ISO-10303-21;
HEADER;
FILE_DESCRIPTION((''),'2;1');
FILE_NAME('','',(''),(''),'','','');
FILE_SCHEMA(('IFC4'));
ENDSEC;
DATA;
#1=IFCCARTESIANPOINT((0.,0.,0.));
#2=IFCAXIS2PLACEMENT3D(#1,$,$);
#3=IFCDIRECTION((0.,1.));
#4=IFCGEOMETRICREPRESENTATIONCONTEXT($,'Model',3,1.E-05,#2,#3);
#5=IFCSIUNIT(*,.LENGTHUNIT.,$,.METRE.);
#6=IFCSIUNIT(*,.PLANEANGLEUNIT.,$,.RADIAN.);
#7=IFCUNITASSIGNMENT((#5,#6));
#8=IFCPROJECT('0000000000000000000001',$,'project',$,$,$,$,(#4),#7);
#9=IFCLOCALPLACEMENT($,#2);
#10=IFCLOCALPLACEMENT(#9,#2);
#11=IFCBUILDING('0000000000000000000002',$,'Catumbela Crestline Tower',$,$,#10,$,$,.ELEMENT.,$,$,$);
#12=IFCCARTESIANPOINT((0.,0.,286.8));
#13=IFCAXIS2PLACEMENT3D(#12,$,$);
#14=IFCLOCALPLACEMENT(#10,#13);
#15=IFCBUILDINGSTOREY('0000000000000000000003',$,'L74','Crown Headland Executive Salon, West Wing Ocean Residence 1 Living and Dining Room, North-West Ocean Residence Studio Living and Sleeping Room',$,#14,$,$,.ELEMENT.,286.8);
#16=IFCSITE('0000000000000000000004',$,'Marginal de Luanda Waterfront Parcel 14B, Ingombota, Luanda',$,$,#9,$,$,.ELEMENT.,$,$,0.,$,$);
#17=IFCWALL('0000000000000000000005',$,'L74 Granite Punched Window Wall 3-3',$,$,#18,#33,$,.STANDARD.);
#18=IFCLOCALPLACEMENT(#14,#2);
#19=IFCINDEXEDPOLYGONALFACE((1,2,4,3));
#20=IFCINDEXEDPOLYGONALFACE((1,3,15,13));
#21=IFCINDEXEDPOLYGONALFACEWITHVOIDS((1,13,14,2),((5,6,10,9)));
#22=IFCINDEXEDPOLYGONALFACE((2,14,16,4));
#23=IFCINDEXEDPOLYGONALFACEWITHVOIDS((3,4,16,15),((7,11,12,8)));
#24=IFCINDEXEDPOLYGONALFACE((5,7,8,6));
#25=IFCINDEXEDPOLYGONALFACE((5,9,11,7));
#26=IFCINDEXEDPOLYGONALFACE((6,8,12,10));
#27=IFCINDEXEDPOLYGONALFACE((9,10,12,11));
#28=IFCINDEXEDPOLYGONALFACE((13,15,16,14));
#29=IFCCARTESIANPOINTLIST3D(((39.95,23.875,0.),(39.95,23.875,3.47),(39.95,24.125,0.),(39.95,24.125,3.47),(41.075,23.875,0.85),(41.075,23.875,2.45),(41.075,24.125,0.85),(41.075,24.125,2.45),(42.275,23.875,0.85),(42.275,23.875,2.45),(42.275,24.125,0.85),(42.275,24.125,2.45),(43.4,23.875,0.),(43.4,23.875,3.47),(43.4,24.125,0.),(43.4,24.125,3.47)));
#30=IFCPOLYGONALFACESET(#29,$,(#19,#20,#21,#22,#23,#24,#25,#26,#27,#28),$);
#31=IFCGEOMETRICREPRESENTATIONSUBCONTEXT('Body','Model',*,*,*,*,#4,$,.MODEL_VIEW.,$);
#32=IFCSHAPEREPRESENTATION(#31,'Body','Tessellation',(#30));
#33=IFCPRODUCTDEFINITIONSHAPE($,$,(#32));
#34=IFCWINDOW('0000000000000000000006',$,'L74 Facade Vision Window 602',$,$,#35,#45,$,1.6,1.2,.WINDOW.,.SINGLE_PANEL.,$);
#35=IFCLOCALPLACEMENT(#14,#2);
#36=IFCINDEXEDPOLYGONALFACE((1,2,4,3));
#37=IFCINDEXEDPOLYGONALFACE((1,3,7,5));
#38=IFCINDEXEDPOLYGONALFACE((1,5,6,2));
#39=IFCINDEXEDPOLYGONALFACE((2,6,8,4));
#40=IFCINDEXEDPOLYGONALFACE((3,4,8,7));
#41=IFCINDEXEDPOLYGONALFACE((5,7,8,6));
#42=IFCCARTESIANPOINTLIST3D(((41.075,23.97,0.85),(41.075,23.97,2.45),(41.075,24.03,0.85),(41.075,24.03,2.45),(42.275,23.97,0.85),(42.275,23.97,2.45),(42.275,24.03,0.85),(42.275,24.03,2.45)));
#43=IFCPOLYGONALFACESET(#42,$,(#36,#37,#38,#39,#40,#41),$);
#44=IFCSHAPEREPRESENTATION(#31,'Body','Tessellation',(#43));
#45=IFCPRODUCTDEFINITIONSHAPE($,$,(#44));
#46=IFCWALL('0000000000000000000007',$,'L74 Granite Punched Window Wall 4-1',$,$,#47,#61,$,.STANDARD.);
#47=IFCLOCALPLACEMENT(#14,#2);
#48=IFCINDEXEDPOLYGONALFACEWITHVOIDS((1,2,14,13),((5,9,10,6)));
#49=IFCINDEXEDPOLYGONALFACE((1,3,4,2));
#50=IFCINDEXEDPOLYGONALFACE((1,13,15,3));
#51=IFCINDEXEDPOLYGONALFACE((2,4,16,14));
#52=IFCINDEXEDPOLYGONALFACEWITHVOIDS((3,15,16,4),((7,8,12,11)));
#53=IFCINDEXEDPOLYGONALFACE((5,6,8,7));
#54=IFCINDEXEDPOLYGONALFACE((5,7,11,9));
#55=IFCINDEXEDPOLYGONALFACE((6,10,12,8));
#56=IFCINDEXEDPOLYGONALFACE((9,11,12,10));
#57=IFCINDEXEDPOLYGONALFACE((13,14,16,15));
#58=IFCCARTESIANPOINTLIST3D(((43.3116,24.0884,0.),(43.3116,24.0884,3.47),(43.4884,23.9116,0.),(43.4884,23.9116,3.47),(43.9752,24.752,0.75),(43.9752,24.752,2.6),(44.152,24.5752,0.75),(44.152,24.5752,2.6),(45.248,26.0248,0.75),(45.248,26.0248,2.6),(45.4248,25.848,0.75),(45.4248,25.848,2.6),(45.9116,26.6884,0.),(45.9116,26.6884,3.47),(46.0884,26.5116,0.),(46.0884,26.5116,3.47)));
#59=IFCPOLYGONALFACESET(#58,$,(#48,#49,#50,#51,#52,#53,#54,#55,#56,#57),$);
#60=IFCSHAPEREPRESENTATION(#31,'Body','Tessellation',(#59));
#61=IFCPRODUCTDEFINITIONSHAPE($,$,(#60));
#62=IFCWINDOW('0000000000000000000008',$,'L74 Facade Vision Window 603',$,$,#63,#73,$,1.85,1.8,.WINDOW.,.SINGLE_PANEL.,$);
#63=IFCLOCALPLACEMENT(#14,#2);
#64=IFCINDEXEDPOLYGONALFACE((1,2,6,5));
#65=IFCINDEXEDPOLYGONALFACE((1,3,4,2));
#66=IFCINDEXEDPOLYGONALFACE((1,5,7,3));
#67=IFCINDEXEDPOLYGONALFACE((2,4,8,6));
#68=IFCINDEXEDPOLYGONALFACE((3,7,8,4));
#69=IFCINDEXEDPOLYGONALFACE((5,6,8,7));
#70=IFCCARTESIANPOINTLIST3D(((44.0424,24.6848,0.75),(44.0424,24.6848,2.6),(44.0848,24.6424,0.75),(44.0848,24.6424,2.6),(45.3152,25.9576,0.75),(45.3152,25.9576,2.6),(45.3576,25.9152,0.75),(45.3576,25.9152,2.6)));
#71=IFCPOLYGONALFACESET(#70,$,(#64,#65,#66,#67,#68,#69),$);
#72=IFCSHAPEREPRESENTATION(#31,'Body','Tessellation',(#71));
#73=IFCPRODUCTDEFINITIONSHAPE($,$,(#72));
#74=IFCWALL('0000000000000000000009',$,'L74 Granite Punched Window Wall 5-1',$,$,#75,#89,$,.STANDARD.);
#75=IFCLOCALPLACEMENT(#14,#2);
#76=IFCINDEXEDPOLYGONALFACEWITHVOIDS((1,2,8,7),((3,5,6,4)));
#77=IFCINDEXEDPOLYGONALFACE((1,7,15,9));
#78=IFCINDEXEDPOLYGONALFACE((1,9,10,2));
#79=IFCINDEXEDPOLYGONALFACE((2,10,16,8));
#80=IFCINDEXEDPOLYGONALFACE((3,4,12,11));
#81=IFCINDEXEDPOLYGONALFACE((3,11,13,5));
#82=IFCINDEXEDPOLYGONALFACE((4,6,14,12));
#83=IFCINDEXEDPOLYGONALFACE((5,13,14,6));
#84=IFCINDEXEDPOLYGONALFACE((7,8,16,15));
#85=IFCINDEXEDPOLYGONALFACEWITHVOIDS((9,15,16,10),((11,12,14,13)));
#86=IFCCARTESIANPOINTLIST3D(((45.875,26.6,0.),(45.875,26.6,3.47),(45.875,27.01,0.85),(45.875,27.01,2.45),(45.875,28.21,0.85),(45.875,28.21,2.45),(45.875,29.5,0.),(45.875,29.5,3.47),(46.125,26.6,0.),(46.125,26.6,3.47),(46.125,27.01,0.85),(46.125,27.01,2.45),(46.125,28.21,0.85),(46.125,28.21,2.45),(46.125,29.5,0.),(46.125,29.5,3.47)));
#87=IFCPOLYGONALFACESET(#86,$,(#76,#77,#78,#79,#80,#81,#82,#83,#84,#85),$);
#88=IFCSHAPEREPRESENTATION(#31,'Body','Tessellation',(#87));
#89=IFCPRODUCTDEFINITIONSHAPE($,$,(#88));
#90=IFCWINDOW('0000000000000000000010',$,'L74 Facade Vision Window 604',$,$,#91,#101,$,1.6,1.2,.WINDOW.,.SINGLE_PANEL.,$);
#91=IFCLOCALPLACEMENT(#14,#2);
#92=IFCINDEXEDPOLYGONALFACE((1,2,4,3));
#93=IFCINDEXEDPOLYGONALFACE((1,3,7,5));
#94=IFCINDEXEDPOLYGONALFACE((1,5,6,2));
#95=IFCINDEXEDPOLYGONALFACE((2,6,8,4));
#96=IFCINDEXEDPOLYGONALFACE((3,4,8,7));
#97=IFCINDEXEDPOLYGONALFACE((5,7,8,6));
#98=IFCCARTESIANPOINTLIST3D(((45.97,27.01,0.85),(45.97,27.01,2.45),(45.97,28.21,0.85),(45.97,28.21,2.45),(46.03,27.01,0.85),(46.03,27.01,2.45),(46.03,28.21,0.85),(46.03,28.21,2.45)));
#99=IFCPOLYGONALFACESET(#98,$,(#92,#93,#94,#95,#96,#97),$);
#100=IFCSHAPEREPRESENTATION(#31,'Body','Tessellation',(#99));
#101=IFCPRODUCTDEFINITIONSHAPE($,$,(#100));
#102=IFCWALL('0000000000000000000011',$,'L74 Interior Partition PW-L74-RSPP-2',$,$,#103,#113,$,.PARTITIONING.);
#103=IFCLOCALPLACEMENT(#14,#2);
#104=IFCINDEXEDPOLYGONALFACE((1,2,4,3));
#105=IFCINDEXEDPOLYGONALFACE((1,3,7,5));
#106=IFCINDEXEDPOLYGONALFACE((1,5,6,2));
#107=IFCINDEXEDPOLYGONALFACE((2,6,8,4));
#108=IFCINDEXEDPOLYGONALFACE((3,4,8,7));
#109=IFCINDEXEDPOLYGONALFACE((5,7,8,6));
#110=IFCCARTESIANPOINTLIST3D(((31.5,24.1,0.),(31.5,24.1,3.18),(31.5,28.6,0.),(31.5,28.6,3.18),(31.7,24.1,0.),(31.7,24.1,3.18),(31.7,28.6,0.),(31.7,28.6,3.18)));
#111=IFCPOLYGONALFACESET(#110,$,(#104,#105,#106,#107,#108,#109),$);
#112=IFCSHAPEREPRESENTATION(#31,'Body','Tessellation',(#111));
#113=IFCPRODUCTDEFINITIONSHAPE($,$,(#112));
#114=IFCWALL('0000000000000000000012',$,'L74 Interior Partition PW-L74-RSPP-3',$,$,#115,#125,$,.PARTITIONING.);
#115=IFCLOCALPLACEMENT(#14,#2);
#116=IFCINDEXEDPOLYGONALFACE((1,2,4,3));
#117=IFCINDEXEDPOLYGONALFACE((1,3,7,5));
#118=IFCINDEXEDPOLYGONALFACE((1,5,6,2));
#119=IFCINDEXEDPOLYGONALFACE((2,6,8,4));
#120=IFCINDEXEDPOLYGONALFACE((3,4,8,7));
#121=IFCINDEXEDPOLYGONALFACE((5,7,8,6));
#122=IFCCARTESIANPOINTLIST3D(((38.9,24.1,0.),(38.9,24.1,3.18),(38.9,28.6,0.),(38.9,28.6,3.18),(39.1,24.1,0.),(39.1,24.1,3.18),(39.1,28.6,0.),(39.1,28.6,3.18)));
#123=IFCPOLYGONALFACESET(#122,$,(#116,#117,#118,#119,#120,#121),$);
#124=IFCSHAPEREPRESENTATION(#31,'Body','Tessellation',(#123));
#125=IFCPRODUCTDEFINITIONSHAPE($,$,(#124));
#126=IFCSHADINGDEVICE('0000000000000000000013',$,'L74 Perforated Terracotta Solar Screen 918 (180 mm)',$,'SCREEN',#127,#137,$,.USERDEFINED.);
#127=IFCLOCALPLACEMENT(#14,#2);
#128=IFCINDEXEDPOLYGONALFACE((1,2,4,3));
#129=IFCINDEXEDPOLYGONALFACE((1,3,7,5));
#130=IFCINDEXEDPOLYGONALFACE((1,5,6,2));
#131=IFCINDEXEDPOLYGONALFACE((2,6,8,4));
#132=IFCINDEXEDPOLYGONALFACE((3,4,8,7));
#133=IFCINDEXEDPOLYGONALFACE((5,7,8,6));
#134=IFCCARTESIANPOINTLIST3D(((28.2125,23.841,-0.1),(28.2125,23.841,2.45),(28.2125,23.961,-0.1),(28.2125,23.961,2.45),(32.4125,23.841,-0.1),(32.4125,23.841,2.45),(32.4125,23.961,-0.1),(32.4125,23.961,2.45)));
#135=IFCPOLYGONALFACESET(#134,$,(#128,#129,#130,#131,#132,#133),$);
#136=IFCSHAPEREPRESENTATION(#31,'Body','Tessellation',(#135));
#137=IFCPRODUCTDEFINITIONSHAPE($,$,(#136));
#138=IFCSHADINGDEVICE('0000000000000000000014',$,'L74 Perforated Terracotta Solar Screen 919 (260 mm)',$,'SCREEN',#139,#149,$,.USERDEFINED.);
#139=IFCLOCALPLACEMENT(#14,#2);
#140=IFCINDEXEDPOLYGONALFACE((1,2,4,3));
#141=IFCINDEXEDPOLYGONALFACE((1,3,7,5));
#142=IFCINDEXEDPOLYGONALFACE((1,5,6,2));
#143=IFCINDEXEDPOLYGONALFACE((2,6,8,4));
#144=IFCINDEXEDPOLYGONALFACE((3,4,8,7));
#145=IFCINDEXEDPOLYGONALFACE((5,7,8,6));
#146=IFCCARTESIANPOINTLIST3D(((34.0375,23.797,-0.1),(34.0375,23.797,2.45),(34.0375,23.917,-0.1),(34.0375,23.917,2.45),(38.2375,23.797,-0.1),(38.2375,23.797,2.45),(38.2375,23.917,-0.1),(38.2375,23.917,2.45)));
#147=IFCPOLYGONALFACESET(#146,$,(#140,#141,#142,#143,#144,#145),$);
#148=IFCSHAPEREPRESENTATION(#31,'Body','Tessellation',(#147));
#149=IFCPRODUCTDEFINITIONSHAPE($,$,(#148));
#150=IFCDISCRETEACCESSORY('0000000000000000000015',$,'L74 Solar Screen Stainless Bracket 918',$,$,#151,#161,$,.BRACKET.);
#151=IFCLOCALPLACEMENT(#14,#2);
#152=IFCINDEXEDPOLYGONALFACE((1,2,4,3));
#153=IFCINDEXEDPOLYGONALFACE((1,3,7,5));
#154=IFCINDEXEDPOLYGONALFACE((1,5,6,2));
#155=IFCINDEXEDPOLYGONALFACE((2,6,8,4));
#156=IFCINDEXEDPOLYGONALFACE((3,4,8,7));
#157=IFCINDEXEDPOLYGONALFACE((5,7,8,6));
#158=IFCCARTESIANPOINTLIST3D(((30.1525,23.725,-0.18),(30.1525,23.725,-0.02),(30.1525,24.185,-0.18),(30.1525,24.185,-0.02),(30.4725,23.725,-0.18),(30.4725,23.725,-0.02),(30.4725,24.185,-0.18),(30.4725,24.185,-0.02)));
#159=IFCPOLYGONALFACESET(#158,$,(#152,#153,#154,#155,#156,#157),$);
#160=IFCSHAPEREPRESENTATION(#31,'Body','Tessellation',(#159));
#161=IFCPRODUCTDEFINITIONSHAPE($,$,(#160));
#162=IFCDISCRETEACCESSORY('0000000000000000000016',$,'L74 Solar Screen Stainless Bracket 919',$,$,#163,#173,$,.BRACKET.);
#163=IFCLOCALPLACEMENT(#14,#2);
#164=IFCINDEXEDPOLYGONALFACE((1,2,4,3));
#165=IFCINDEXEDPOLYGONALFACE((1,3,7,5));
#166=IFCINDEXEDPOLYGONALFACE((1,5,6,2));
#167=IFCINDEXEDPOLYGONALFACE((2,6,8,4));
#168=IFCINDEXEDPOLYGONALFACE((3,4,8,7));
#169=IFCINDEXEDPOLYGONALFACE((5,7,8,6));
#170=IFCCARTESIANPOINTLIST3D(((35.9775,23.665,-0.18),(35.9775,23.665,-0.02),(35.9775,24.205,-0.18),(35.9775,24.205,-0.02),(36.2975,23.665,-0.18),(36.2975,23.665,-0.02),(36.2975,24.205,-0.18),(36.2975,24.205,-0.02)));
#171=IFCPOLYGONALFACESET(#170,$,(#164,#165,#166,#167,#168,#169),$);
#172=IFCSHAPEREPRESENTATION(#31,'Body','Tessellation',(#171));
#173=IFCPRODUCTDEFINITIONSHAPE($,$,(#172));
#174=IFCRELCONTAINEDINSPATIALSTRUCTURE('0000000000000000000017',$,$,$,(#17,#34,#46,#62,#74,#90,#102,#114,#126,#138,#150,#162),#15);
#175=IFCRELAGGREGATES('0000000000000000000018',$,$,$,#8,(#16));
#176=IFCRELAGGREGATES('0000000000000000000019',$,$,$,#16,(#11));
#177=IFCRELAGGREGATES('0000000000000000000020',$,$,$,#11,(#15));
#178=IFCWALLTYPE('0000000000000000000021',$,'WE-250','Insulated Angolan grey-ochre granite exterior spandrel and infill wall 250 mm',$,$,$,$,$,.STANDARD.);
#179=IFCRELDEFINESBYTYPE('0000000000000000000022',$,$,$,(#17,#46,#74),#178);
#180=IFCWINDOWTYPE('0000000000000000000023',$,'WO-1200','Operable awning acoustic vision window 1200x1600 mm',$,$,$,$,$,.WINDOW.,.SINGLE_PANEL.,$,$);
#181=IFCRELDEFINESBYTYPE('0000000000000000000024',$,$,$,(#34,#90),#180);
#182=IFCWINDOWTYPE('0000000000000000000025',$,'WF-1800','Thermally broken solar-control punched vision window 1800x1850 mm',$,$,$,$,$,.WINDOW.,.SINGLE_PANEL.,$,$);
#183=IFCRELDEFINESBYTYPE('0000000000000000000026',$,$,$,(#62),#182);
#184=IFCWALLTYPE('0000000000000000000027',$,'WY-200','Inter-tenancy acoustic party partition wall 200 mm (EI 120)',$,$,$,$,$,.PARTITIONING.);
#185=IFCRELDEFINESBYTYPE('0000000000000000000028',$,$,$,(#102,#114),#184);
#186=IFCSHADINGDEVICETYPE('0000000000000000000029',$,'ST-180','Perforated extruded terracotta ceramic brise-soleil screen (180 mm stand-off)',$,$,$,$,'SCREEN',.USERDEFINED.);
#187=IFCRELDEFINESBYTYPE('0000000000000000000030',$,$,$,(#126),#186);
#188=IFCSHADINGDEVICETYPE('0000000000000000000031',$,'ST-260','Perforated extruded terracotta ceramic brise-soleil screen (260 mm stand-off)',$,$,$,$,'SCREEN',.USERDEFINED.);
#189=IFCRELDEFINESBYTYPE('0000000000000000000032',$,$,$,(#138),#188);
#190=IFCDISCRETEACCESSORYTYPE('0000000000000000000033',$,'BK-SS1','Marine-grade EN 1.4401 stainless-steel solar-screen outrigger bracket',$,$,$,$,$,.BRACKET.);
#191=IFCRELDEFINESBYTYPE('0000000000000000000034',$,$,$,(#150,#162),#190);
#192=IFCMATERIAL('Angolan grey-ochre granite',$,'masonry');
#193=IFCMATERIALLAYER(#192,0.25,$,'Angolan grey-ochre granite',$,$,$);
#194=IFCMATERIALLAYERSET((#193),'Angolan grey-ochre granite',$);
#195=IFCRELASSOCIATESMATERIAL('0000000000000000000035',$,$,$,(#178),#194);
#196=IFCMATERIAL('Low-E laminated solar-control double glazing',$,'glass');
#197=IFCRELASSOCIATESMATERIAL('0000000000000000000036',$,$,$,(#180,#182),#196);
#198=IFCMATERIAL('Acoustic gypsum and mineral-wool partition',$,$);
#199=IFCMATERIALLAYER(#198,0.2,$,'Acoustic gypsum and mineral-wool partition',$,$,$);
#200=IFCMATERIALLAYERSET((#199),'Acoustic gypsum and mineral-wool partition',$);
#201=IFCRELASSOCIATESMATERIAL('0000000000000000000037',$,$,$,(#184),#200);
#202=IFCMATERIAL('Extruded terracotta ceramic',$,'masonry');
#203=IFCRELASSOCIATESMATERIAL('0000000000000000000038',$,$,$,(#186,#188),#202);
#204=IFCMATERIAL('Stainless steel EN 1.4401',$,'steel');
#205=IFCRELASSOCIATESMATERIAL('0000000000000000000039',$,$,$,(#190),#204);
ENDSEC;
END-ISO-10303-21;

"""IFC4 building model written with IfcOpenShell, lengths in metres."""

from ifc_helpers import new_model, si_unit, direction, frame, frame_2d, origin, origin_2d, place, context, subcontext, project, spatial, rectangle, extrude, material, layer, layer_set, type_object, element, fill, save


model = new_model("IFC4")

# Units and contexts
model_context = context("Model", 3, precision=1e-05, world=origin(), true_north=direction((0.0, 1.0)))
body_context = subcontext(model_context, "Body", "Model", "MODEL_VIEW")
ifc_project = project(units=[si_unit("LENGTHUNIT", "METRE"), si_unit("PLANEANGLEUNIT", "RADIAN")], contexts=[model_context])

# Site, building, storey
site_placement = place(None, origin())
site = spatial("IfcSite", under=ifc_project, at=site_placement, Name="Marginal de Luanda Waterfront Parcel 14B, Ingombota, Luanda", CompositionType="ELEMENT", RefElevation=0.0)
building_placement = place(site_placement, origin())
building = spatial("IfcBuilding", under=site, at=building_placement, Name="Catumbela Crestline Tower", CompositionType="ELEMENT")
storey_placement = place(building_placement, frame((0.0, 0.0, 286.8)))
storey = spatial("IfcBuildingStorey", under=building, at=storey_placement, Name="L74", Description="Crown Headland Executive Salon, West Wing Ocean Residence 1 Living and Dining Room, North-West Ocean Residence Studio Living and Sleeping Room", CompositionType="ELEMENT", Elevation=286.8)

# Shared definitions
ifc_material_1 = material(Name="Low-E laminated solar-control double glazing", Category="glass")

# Walls, openings, windows
ifc_material_2 = material(Name="Angolan grey-ochre granite", Category="masonry")
ifc_layer_1 = layer(ifc_material_2, 0.25, Name="Angolan grey-ochre granite")
ifc_layer_set_1 = layer_set([ifc_layer_1], Name="Angolan grey-ochre granite")
wall_type_1 = type_object("IfcWallType", Name="WE-250", Description="Insulated Angolan grey-ochre granite exterior spandrel and infill wall 250 mm", PredefinedType="STANDARD", material=ifc_layer_set_1)
wall_1_placement = place(storey_placement, frame((39.95, 24.0, 0.0), z_axis=(0.0, 0.0, 1.0), x_axis=(1.0, 0.0, 0.0)))
wall_1 = element("IfcWall", 1, at=wall_1_placement, inside=storey, type_object=wall_type_1, Name="L74 Granite Punched Window Wall 3-3", PredefinedType="STANDARD", context=body_context, shape_type="SweptSolid", body=[
    extrude(rectangle(XDim=3.45, YDim=0.25, at=frame_2d((1.725, 0.0))), origin(), (0.0, 0.0, 1.0), 3.47),
])
opening_1_placement = place(wall_1_placement, frame((1.125, 0.0, 0.85)))
opening_1 = element("IfcOpeningElement", 2, at=opening_1_placement, cuts=wall_1, PredefinedType="OPENING", context=body_context, shape_type="SweptSolid", body=[
    extrude(rectangle(XDim=1.2, YDim=1.6, at=frame_2d((0.6, 0.8))), frame((0.0, 0.135, 0.0), z_axis=(0.0, -1.0, 0.0), x_axis=(1.0, 0.0, 0.0)), (0.0, 0.0, 1.0), 0.27),
])
window_type_1 = type_object("IfcWindowType", Name="WO-1200", Description="Operable awning acoustic vision window 1200x1600 mm", PartitioningType="SINGLE_PANEL", PredefinedType="WINDOW", material=ifc_material_1)
window_1_placement = place(opening_1_placement, origin())
window_1 = element("IfcWindow", 3, at=window_1_placement, inside=storey, type_object=window_type_1, Name="L74 Facade Vision Window 602", OverallHeight=1.6, OverallWidth=1.2, PartitioningType="SINGLE_PANEL", PredefinedType="WINDOW", context=body_context, shape_type="SweptSolid", body=[
    extrude(rectangle(XDim=1.2, YDim=1.6, at=frame_2d((0.6, 0.8))), frame((0.0, 0.03, 0.0), z_axis=(0.0, -1.0, 0.0), x_axis=(1.0, 0.0, 0.0)), (0.0, 0.0, 1.0), 0.06),
])
fill(opening_1, window_1)
wall_2_placement = place(storey_placement, frame((43.4, 24.0, 0.0), z_axis=(0.0, 0.0, 1.0), x_axis=(0.707107, 0.707107, 0.0)))
wall_2 = element("IfcWall", 4, at=wall_2_placement, inside=storey, type_object=wall_type_1, Name="L74 Granite Punched Window Wall 4-1", PredefinedType="STANDARD", context=body_context, shape_type="SweptSolid", body=[
    extrude(rectangle(XDim=3.677, YDim=0.25, at=frame_2d((1.8385, 0.0))), origin(), (0.0, 0.0, 1.0), 3.47),
])
opening_2_placement = place(wall_2_placement, frame((0.9385, 0.0, 0.75)))
opening_2 = element("IfcOpeningElement", 5, at=opening_2_placement, cuts=wall_2, PredefinedType="OPENING", context=body_context, shape_type="SweptSolid", body=[
    extrude(rectangle(XDim=1.8, YDim=1.85, at=frame_2d((0.9, 0.925))), frame((0.0, 0.135, 0.0), z_axis=(0.0, -1.0, 0.0), x_axis=(1.0, 0.0, 0.0)), (0.0, 0.0, 1.0), 0.27),
])
window_type_2 = type_object("IfcWindowType", Name="WF-1800", Description="Thermally broken solar-control punched vision window 1800x1850 mm", PartitioningType="SINGLE_PANEL", PredefinedType="WINDOW", material=ifc_material_1)
window_2_placement = place(opening_2_placement, origin())
window_2 = element("IfcWindow", 6, at=window_2_placement, inside=storey, type_object=window_type_2, Name="L74 Facade Vision Window 603", OverallHeight=1.85, OverallWidth=1.8, PartitioningType="SINGLE_PANEL", PredefinedType="WINDOW", context=body_context, shape_type="SweptSolid", body=[
    extrude(rectangle(XDim=1.8, YDim=1.85, at=frame_2d((0.9, 0.925))), frame((0.0, 0.03, 0.0), z_axis=(0.0, -1.0, 0.0), x_axis=(1.0, 0.0, 0.0)), (0.0, 0.0, 1.0), 0.06),
])
fill(opening_2, window_2)
wall_3_placement = place(storey_placement, frame((46.0, 26.6, 0.0), z_axis=(0.0, 0.0, 1.0), x_axis=(0.0, 1.0, 0.0)))
wall_3 = element("IfcWall", 7, at=wall_3_placement, inside=storey, type_object=wall_type_1, Name="L74 Granite Punched Window Wall 5-1", PredefinedType="STANDARD", context=body_context, shape_type="SweptSolid", body=[
    extrude(rectangle(XDim=2.9, YDim=0.25, at=frame_2d((1.45, 0.0))), origin(), (0.0, 0.0, 1.0), 3.47),
])
opening_3_placement = place(wall_3_placement, frame((0.41, 0.0, 0.85)))
opening_3 = element("IfcOpeningElement", 8, at=opening_3_placement, cuts=wall_3, PredefinedType="OPENING", context=body_context, shape_type="SweptSolid", body=[
    extrude(rectangle(XDim=1.2, YDim=1.6, at=frame_2d((0.6, 0.8))), frame((0.0, 0.135, 0.0), z_axis=(0.0, -1.0, 0.0), x_axis=(1.0, 0.0, 0.0)), (0.0, 0.0, 1.0), 0.27),
])
window_3_placement = place(opening_3_placement, origin())
window_3 = element("IfcWindow", 9, at=window_3_placement, inside=storey, type_object=window_type_1, Name="L74 Facade Vision Window 604", OverallHeight=1.6, OverallWidth=1.2, PartitioningType="SINGLE_PANEL", PredefinedType="WINDOW", context=body_context, shape_type="SweptSolid", body=[
    extrude(rectangle(XDim=1.2, YDim=1.6, at=frame_2d((0.6, 0.8))), frame((0.0, 0.03, 0.0), z_axis=(0.0, -1.0, 0.0), x_axis=(1.0, 0.0, 0.0)), (0.0, 0.0, 1.0), 0.06),
])
fill(opening_3, window_3)

# Walls
ifc_material_3 = material(Name="Acoustic gypsum and mineral-wool partition")
ifc_layer_2 = layer(ifc_material_3, 0.2, Name="Acoustic gypsum and mineral-wool partition")
ifc_layer_set_2 = layer_set([ifc_layer_2], Name="Acoustic gypsum and mineral-wool partition")
wall_type_2 = type_object("IfcWallType", Name="WY-200", Description="Inter-tenancy acoustic party partition wall 200 mm (EI 120)", PredefinedType="PARTITIONING", material=ifc_layer_set_2)
for number, where, z_axis, x_axis, name in (
    (10, (31.6, 24.1, 0.0), (0.0, 0.0, 1.0), (0.0, 1.0, 0.0), "L74 Interior Partition PW-L74-RSPP-2"),
    (11, (39.0, 24.1, 0.0), (0.0, 0.0, 1.0), (0.0, 1.0, 0.0), "L74 Interior Partition PW-L74-RSPP-3"),
):
    element("IfcWall", number, at=place(storey_placement, frame(where, z_axis=z_axis, x_axis=x_axis)), inside=storey, type_object=wall_type_2, Name=name, PredefinedType="PARTITIONING", context=body_context, shape_type="SweptSolid", body=[
        extrude(rectangle(XDim=4.5, YDim=0.2, at=frame_2d((2.25, 0.0))), origin(), (0.0, 0.0, 1.0), 3.18),
    ])

# Shared definitions
ifc_material_4 = material(Name="Stainless steel EN 1.4401", Category="steel")

# Shading devices
ifc_material_5 = material(Name="Extruded terracotta ceramic", Category="masonry")
shading_device_type_1 = type_object("IfcShadingDeviceType", Name="ST-180", Description="Perforated extruded terracotta ceramic brise-soleil screen (180 mm stand-off)", ElementType="SCREEN", PredefinedType="USERDEFINED", material=ifc_material_5)
shading_device_1_placement = place(storey_placement, frame((30.3125, 23.901, -0.1), z_axis=(0.0, 0.0, 1.0), x_axis=(1.0, 0.0, 0.0)))
element("IfcShadingDevice", 12, at=shading_device_1_placement, inside=storey, type_object=shading_device_type_1, Name="L74 Perforated Terracotta Solar Screen 918 (180 mm)", ObjectType="SCREEN", PredefinedType="USERDEFINED", context=body_context, shape_type="SweptSolid", body=[
    extrude(rectangle(XDim=4.2, YDim=0.12, at=origin_2d()), origin(), (0.0, 0.0, 1.0), 2.55),
])
shading_device_type_2 = type_object("IfcShadingDeviceType", Name="ST-260", Description="Perforated extruded terracotta ceramic brise-soleil screen (260 mm stand-off)", ElementType="SCREEN", PredefinedType="USERDEFINED", material=ifc_material_5)
shading_device_2_placement = place(storey_placement, frame((36.1375, 23.857, -0.1), z_axis=(0.0, 0.0, 1.0), x_axis=(1.0, 0.0, 0.0)))
element("IfcShadingDevice", 13, at=shading_device_2_placement, inside=storey, type_object=shading_device_type_2, Name="L74 Perforated Terracotta Solar Screen 919 (260 mm)", ObjectType="SCREEN", PredefinedType="USERDEFINED", context=body_context, shape_type="SweptSolid", body=[
    extrude(rectangle(XDim=4.2, YDim=0.12, at=origin_2d()), origin(), (0.0, 0.0, 1.0), 2.55),
])

# Discrete accessories
discrete_accessory_type = type_object("IfcDiscreteAccessoryType", Name="BK-SS1", Description="Marine-grade EN 1.4401 stainless-steel solar-screen outrigger bracket", PredefinedType="BRACKET", material=ifc_material_4)
discrete_accessory_1_placement = place(storey_placement, frame((30.3125, 23.955, -0.18), z_axis=(0.0, 0.0, 1.0), x_axis=(1.0, 0.0, 0.0)))
element("IfcDiscreteAccessory", 14, at=discrete_accessory_1_placement, inside=storey, type_object=discrete_accessory_type, Name="L74 Solar Screen Stainless Bracket 918", PredefinedType="BRACKET", context=body_context, shape_type="SweptSolid", body=[
    extrude(rectangle(XDim=0.32, YDim=0.46, at=origin_2d()), origin(), (0.0, 0.0, 1.0), 0.16),
])
discrete_accessory_2_placement = place(storey_placement, frame((36.1375, 23.935, -0.18), z_axis=(0.0, 0.0, 1.0), x_axis=(1.0, 0.0, 0.0)))
element("IfcDiscreteAccessory", 15, at=discrete_accessory_2_placement, inside=storey, type_object=discrete_accessory_type, Name="L74 Solar Screen Stainless Bracket 919", PredefinedType="BRACKET", context=body_context, shape_type="SweptSolid", body=[
    extrude(rectangle(XDim=0.32, YDim=0.54, at=origin_2d()), origin(), (0.0, 0.0, 1.0), 0.16),
])

save(model, "model.ifc")
